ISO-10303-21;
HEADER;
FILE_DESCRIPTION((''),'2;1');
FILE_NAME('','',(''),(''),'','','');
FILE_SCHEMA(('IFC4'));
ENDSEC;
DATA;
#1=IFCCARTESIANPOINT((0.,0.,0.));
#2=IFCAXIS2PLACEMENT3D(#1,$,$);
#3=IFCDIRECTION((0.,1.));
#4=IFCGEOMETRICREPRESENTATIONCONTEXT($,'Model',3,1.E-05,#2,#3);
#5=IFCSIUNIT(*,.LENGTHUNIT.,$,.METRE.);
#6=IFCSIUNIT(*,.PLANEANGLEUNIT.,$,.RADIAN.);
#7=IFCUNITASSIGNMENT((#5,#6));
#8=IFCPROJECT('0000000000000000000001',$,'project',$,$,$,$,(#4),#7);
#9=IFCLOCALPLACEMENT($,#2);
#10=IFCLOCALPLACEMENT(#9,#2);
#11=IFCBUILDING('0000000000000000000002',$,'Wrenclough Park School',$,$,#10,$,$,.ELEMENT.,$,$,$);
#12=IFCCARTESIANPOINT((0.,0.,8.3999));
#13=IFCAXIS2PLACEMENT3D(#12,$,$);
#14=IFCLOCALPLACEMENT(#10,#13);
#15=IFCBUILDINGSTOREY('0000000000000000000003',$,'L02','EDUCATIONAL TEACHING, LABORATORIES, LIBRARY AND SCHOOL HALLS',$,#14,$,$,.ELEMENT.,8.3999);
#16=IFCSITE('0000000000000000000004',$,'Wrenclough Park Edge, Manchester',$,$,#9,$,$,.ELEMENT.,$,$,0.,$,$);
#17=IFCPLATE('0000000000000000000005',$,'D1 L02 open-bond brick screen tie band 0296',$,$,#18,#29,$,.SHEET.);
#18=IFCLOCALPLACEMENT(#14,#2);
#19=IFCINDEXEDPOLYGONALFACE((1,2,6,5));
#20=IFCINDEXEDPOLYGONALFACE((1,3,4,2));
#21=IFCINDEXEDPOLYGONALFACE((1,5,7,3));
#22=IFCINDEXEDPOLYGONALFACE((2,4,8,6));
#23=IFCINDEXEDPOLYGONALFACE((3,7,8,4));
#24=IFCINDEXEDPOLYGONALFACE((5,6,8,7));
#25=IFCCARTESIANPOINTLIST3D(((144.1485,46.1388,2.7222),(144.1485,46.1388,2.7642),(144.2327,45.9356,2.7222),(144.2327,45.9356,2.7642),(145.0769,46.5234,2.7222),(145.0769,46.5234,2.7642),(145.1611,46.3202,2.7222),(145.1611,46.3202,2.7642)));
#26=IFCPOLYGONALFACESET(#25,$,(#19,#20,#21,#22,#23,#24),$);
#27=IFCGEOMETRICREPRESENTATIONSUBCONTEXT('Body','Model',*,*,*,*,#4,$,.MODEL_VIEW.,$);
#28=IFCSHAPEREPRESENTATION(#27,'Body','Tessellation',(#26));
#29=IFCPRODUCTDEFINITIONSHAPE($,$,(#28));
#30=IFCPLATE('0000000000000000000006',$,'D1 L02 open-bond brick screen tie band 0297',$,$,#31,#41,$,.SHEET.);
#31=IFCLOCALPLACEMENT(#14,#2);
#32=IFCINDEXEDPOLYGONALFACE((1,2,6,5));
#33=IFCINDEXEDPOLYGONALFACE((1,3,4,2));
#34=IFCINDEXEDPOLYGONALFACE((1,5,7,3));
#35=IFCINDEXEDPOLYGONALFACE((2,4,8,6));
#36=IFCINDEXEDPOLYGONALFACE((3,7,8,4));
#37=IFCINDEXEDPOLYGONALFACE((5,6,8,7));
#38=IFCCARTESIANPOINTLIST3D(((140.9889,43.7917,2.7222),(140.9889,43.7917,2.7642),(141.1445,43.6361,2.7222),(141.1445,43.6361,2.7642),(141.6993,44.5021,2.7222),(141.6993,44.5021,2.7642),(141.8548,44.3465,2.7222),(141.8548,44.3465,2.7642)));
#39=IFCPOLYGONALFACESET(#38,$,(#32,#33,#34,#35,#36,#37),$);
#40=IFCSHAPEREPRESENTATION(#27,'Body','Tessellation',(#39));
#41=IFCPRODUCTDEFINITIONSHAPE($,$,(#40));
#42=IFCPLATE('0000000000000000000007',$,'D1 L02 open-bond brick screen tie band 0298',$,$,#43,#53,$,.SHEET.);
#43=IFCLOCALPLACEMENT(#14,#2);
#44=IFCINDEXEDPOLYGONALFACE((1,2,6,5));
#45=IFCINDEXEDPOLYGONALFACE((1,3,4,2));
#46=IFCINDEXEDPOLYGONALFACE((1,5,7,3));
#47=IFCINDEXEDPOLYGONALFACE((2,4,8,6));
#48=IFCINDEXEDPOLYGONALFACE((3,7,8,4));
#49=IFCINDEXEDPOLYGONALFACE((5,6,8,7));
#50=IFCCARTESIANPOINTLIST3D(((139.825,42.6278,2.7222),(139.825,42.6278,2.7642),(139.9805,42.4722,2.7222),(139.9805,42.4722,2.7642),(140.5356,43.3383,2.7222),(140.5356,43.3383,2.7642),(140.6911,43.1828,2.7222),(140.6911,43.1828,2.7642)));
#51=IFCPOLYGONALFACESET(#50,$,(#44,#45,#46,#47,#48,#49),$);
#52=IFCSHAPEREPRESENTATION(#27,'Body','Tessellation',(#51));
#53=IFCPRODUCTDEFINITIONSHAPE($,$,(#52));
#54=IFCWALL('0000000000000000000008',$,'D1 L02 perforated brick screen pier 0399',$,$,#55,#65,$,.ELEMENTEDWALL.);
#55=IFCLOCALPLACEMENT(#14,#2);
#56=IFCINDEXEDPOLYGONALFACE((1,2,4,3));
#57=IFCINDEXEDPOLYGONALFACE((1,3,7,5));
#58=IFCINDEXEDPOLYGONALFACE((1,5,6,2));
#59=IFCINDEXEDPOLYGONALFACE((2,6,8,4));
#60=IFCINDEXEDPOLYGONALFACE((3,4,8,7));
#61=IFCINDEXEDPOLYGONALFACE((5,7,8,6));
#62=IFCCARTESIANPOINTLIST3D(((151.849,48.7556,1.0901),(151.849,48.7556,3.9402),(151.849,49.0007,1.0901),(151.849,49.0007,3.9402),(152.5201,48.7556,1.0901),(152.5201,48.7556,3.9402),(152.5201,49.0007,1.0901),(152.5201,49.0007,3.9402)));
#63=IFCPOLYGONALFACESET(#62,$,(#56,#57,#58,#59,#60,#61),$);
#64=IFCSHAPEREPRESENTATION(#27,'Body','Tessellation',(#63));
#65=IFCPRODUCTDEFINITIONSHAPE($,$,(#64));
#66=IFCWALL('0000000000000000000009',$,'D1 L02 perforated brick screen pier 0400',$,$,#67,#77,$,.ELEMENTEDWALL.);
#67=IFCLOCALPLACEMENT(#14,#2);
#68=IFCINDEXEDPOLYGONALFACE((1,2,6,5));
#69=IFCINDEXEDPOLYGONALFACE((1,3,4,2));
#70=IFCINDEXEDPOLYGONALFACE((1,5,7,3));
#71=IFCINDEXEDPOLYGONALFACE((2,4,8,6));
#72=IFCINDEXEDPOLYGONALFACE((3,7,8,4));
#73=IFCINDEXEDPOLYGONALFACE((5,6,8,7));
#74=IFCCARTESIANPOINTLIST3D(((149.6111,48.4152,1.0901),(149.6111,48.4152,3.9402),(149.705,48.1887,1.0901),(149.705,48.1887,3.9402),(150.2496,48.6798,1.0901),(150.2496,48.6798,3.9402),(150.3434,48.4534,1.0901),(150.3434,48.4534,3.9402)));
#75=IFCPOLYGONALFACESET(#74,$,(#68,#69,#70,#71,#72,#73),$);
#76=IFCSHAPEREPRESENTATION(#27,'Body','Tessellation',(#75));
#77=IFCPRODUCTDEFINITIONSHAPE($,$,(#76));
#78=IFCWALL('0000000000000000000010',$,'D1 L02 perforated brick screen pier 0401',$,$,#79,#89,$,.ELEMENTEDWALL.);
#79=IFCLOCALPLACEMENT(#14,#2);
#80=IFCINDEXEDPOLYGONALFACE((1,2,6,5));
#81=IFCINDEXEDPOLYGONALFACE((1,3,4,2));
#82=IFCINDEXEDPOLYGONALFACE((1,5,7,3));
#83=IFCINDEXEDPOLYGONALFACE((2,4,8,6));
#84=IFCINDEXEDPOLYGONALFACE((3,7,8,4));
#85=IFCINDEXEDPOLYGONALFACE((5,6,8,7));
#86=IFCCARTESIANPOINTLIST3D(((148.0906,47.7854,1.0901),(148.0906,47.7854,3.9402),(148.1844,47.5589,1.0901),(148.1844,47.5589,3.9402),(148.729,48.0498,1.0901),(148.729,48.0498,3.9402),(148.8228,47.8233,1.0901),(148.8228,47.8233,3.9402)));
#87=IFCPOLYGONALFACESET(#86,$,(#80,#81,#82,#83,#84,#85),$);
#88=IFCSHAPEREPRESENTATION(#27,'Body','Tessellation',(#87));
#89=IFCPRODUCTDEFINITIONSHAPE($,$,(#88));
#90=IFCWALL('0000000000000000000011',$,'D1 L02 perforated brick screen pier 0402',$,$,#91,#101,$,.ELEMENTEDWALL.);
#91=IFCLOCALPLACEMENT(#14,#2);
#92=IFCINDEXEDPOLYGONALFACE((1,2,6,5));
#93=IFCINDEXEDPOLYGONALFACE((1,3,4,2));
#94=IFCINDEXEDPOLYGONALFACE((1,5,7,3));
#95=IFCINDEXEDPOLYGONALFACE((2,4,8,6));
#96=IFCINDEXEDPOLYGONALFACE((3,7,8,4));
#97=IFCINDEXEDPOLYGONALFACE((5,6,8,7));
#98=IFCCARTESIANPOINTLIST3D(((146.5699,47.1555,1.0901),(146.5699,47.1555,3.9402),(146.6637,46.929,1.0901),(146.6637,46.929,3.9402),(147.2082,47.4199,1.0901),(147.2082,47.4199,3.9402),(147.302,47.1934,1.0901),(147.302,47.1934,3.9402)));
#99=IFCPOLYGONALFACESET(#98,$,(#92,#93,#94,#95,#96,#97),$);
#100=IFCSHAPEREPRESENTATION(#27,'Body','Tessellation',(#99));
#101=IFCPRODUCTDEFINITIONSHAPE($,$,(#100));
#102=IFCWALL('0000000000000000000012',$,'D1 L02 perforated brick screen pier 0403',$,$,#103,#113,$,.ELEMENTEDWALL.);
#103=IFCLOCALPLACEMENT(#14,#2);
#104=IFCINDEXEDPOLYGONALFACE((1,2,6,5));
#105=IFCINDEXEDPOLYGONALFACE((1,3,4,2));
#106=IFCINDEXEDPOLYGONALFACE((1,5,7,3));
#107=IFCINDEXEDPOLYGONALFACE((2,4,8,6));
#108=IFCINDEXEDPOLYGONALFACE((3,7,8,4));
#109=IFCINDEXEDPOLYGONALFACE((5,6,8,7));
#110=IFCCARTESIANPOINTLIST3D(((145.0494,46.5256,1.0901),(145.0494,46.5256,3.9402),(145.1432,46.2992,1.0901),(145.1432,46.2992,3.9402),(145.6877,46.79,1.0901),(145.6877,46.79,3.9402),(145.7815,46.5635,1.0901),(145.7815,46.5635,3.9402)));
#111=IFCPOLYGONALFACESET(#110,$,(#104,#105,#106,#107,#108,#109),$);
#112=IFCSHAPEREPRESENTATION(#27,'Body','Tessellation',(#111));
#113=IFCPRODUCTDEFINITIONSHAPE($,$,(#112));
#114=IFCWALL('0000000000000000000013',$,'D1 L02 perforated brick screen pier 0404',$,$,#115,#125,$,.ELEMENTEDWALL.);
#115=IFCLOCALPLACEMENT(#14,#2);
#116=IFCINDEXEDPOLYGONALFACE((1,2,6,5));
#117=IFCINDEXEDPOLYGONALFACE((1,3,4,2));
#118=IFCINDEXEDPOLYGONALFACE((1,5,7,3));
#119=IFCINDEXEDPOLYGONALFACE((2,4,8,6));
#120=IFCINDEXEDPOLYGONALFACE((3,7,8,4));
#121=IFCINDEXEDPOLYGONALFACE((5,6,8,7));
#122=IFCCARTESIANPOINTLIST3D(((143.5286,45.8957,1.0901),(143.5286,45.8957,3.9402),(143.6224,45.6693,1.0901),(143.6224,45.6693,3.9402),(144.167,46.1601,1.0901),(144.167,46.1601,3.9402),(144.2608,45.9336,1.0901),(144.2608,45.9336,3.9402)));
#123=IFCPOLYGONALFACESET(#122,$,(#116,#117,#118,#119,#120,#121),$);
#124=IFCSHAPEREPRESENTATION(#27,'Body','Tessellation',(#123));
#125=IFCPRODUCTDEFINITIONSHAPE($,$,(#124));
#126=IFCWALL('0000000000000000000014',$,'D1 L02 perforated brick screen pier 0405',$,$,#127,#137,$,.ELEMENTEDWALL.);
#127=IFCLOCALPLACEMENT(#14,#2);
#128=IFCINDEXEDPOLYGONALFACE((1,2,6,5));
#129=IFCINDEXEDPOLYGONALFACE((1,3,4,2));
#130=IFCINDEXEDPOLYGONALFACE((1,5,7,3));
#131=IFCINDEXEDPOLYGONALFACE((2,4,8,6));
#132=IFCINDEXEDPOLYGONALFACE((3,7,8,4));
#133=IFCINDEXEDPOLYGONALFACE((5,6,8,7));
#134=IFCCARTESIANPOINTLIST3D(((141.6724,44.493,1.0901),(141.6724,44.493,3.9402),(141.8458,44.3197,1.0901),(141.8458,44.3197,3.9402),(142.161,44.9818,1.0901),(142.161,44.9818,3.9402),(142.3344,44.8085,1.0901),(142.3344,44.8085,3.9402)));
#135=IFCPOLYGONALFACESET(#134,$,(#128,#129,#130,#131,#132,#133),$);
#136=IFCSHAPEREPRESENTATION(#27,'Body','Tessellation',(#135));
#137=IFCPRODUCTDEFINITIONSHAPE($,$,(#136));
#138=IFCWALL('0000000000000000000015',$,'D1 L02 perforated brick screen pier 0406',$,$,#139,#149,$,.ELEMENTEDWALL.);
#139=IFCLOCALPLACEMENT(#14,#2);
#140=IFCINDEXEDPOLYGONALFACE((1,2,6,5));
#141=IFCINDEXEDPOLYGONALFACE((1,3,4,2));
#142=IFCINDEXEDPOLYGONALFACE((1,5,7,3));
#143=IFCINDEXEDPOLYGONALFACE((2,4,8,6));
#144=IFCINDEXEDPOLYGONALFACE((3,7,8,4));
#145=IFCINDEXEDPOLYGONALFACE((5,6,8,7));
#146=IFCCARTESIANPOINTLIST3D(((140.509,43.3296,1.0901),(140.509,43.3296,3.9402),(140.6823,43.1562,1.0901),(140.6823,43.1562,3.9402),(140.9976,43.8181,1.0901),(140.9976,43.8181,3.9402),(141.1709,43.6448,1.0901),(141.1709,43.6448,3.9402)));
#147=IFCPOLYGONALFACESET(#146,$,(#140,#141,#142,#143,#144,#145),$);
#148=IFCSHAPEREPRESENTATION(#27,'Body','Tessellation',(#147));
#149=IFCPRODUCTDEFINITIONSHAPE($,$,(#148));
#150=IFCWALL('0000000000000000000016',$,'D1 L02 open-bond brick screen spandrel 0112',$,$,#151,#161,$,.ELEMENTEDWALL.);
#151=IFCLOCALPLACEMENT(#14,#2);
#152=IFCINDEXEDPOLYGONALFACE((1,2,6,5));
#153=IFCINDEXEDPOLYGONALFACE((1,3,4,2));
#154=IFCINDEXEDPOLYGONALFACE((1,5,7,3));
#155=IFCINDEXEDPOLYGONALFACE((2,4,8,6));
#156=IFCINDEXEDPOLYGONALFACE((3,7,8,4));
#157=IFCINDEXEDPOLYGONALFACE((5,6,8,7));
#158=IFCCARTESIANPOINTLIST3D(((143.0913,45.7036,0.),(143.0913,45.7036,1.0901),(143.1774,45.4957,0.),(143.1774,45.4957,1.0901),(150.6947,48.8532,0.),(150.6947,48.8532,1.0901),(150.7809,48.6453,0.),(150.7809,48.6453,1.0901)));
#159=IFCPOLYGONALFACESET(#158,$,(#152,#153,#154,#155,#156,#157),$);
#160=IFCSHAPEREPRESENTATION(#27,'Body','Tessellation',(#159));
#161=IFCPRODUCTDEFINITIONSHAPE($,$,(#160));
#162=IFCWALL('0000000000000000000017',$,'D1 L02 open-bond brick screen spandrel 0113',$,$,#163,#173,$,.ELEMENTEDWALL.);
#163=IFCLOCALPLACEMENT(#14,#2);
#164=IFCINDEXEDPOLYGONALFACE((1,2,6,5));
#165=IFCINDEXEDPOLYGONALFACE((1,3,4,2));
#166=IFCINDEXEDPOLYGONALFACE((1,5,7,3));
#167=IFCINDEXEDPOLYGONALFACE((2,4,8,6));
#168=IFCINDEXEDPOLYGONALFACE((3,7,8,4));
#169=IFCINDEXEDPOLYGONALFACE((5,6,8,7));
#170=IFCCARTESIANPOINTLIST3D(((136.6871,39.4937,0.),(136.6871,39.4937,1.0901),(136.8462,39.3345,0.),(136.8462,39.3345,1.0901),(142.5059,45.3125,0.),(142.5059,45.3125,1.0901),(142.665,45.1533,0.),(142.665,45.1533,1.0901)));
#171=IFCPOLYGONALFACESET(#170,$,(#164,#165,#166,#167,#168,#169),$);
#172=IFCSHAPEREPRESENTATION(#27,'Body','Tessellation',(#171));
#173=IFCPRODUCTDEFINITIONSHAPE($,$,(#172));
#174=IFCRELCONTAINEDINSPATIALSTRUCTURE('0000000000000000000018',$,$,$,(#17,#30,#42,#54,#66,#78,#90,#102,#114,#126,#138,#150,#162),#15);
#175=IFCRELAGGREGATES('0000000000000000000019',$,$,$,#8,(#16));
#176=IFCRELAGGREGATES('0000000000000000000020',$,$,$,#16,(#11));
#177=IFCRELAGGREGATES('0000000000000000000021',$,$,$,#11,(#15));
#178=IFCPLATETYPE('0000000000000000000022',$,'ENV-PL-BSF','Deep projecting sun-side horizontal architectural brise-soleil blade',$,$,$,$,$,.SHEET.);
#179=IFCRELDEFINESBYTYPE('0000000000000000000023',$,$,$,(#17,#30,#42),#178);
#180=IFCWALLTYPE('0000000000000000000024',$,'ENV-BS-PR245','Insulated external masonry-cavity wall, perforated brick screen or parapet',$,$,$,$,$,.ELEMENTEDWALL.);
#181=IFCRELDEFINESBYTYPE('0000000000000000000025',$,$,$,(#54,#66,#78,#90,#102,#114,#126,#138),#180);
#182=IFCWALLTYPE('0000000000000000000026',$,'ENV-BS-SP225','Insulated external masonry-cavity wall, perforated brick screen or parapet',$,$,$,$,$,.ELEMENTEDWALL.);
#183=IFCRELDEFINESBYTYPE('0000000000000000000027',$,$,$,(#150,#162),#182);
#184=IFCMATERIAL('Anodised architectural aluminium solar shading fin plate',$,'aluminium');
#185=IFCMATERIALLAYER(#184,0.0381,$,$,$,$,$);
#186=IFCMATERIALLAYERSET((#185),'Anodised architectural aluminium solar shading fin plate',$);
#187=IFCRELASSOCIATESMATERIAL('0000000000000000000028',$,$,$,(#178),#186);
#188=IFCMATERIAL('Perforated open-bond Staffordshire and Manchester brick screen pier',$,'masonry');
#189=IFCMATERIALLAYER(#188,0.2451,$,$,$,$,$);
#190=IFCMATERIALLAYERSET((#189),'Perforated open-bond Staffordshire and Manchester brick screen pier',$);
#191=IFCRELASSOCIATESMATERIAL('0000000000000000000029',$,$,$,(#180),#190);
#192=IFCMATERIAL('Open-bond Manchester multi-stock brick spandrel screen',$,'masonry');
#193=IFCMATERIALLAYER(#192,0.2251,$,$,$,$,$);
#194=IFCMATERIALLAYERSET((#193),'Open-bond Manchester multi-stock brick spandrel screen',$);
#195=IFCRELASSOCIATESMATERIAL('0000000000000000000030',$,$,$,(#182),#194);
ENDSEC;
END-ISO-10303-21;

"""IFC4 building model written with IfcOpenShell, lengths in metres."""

from ifc_helpers import new_model, si_unit, direction, frame, frame_2d, origin, origin_2d, place, context, subcontext, project, spatial, rectangle, extrude, material, layer, layer_set, type_object, element, save


model = new_model("IFC4")

# Units and contexts
model_context = context("Model", 3, precision=1e-05, world=origin(), true_north=direction((0.0, 1.0)))
body_context = subcontext(model_context, "Body", "Model", "MODEL_VIEW")
ifc_project = project(units=[si_unit("LENGTHUNIT", "METRE"), si_unit("PLANEANGLEUNIT", "RADIAN")], contexts=[model_context])

# Site, building, storey
site_placement = place(None, origin())
site = spatial("IfcSite", under=ifc_project, at=site_placement, Name="Wrenclough Park Edge, Manchester", CompositionType="ELEMENT", RefElevation=0.0)
building_placement = place(site_placement, origin())
building = spatial("IfcBuilding", under=site, at=building_placement, Name="Wrenclough Park School", CompositionType="ELEMENT")
storey_placement = place(building_placement, frame((0.0, 0.0, 8.3999)))
storey = spatial("IfcBuildingStorey", under=building, at=storey_placement, Name="L02", Description="EDUCATIONAL TEACHING, LABORATORIES, LIBRARY AND SCHOOL HALLS", CompositionType="ELEMENT", Elevation=8.3999)

# Plates
ifc_material_1 = material(Name="Anodised architectural aluminium solar shading fin plate", Category="aluminium")
ifc_layer_1 = layer(ifc_material_1, 0.0381)
ifc_layer_set_1 = layer_set([ifc_layer_1], Name="Anodised architectural aluminium solar shading fin plate")
plate_type = type_object("IfcPlateType", Name="ENV-PL-BSF", Description="Deep projecting sun-side horizontal architectural brise-soleil blade", PredefinedType="SHEET", material=ifc_layer_set_1)
for number, where, z_axis, x_axis, name in (
    (1, (144.6548, 46.2295, 2.7222), (0.0, 0.0, 1.0), (-0.923876, -0.382692, 0.0), "D1 L02 open-bond brick screen tie band 0296"),
):
    element("IfcPlate", number, at=place(storey_placement, frame(where, z_axis=z_axis, x_axis=x_axis)), inside=storey, type_object=plate_type, Name=name, PredefinedType="SHEET", context=body_context, shape_type="SweptSolid", body=[
        extrude(rectangle(XDim=1.0049, YDim=0.22, at=origin_2d()), origin(), (0.0, 0.0, 1.0), 0.042),
    ])
plate_1_placement = place(storey_placement, frame((141.4219, 44.0691, 2.7222), z_axis=(0.0, 0.0, 1.0), x_axis=(-0.707107, -0.707107, 0.0)))
element("IfcPlate", 2, at=plate_1_placement, inside=storey, type_object=plate_type, Name="D1 L02 open-bond brick screen tie band 0297", PredefinedType="SHEET", context=body_context, shape_type="SweptSolid", body=[
    extrude(rectangle(XDim=1.0046, YDim=0.22, at=origin_2d()), origin(), (0.0, 0.0, 1.0), 0.042),
])
plate_2_placement = place(storey_placement, frame((140.2581, 42.9053, 2.7222), z_axis=(0.0, 0.0, 1.0), x_axis=(-0.707107, -0.707107, 0.0)))
element("IfcPlate", 3, at=plate_2_placement, inside=storey, type_object=plate_type, Name="D1 L02 open-bond brick screen tie band 0298", PredefinedType="SHEET", context=body_context, shape_type="SweptSolid", body=[
    extrude(rectangle(XDim=1.0049, YDim=0.22, at=origin_2d()), origin(), (0.0, 0.0, 1.0), 0.042),
])

# Walls
ifc_material_2 = material(Name="Perforated open-bond Staffordshire and Manchester brick screen pier", Category="masonry")
ifc_layer_2 = layer(ifc_material_2, 0.2451)
ifc_layer_set_2 = layer_set([ifc_layer_2], Name="Perforated open-bond Staffordshire and Manchester brick screen pier")
wall_type_1 = type_object("IfcWallType", Name="ENV-BS-PR245", Description="Insulated external masonry-cavity wall, perforated brick screen or parapet", PredefinedType="ELEMENTEDWALL", material=ifc_layer_set_2)
wall_1_placement = place(storey_placement, frame((152.52, 48.8782, 1.0901), z_axis=(0.0, 0.0, 1.0), x_axis=(-1.0, 0.0, 0.0)))
element("IfcWall", 4, at=wall_1_placement, inside=storey, type_object=wall_type_1, Name="D1 L02 perforated brick screen pier 0399", PredefinedType="ELEMENTEDWALL", context=body_context, shape_type="SweptSolid", body=[
    extrude(rectangle(XDim=0.6711, YDim=0.2451, at=frame_2d((0.3354, 0.0))), origin(), (0.0, 0.0, 1.0), 2.8501),
])
wall_2_placement = place(storey_placement, frame((150.2966, 48.5667, 1.0901), z_axis=(0.0, 0.0, 1.0), x_axis=(-0.923776, -0.382934, 0.0)))
element("IfcWall", 5, at=wall_2_placement, inside=storey, type_object=wall_type_1, Name="D1 L02 perforated brick screen pier 0400", PredefinedType="ELEMENTEDWALL", context=body_context, shape_type="SweptSolid", body=[
    extrude(rectangle(XDim=0.6912, YDim=0.2451, at=frame_2d((0.3457, 0.0))), origin(), (0.0, 0.0, 1.0), 2.8501),
])
for number, where, z_axis, x_axis, name in (
    (6, (148.7759, 47.9365, 1.0901), (0.0, 0.0, 1.0), (-0.923901, -0.382633, 0.0), "D1 L02 perforated brick screen pier 0401"),
    (7, (147.2551, 47.3066, 1.0901), (0.0, 0.0, 1.0), (-0.923901, -0.382633, 0.0), "D1 L02 perforated brick screen pier 0402"),
    (8, (145.7346, 46.6768, 1.0901), (0.0, 0.0, 1.0), (-0.923901, -0.382633, 0.0), "D1 L02 perforated brick screen pier 0403"),
    (9, (144.2139, 46.0469, 1.0901), (0.0, 0.0, 1.0), (-0.923901, -0.382633, 0.0), "D1 L02 perforated brick screen pier 0404"),
):
    element("IfcWall", number, at=place(storey_placement, frame(where, z_axis=z_axis, x_axis=x_axis)), inside=storey, type_object=wall_type_1, Name=name, PredefinedType="ELEMENTEDWALL", context=body_context, shape_type="SweptSolid", body=[
        extrude(rectangle(XDim=0.6909, YDim=0.2451, at=frame_2d((0.3455, 0.0))), origin(), (0.0, 0.0, 1.0), 2.8501),
    ])
wall_3_placement = place(storey_placement, frame((142.2478, 44.8953, 1.0901), z_axis=(0.0, 0.0, 1.0), x_axis=(-0.70693, -0.707283, 0.0)))
element("IfcWall", 10, at=wall_3_placement, inside=storey, type_object=wall_type_1, Name="D1 L02 perforated brick screen pier 0405", PredefinedType="ELEMENTEDWALL", context=body_context, shape_type="SweptSolid", body=[
    extrude(rectangle(XDim=0.6912, YDim=0.2451, at=frame_2d((0.3457, 0.0))), origin(), (0.0, 0.0, 1.0), 2.8501),
])
wall_4_placement = place(storey_placement, frame((141.0842, 43.7314, 1.0901), z_axis=(0.0, 0.0, 1.0), x_axis=(-0.707107, -0.707107, 0.0)))
element("IfcWall", 11, at=wall_4_placement, inside=storey, type_object=wall_type_1, Name="D1 L02 perforated brick screen pier 0406", PredefinedType="ELEMENTEDWALL", context=body_context, shape_type="SweptSolid", body=[
    extrude(rectangle(XDim=0.6909, YDim=0.2451, at=frame_2d((0.3455, 0.0))), origin(), (0.0, 0.0, 1.0), 2.8501),
])
ifc_material_3 = material(Name="Open-bond Manchester multi-stock brick spandrel screen", Category="masonry")
ifc_layer_3 = layer(ifc_material_3, 0.2251)
ifc_layer_set_3 = layer_set([ifc_layer_3], Name="Open-bond Manchester multi-stock brick spandrel screen")
wall_type_2 = type_object("IfcWallType", Name="ENV-BS-SP225", Description="Insulated external masonry-cavity wall, perforated brick screen or parapet", PredefinedType="ELEMENTEDWALL", material=ifc_layer_set_3)
wall_5_placement = place(storey_placement, frame((150.7378, 48.7493, 0.0), z_axis=(0.0, 0.0, 1.0), x_axis=(-0.923872, -0.382702, 0.0)))
element("IfcWall", 12, at=wall_5_placement, inside=storey, type_object=wall_type_2, Name="D1 L02 open-bond brick screen spandrel 0112", PredefinedType="ELEMENTEDWALL", context=body_context, shape_type="SweptSolid", body=[
    extrude(rectangle(XDim=8.23, YDim=0.2251, at=frame_2d((4.115, 0.0))), origin(), (0.0, 0.0, 1.0), 1.0901),
])
wall_6_placement = place(storey_placement, frame((142.5854, 45.2329, 0.0), z_axis=(0.0, 0.0, 1.0), x_axis=(-0.707107, -0.707107, 0.0)))
element("IfcWall", 13, at=wall_6_placement, inside=storey, type_object=wall_type_2, Name="D1 L02 open-bond brick screen spandrel 0113", PredefinedType="ELEMENTEDWALL", context=body_context, shape_type="SweptSolid", body=[
    extrude(rectangle(XDim=8.229, YDim=0.2251, at=frame_2d((4.1145, 0.0))), origin(), (0.0, 0.0, 1.0), 1.0901),
])

save(model, "model.ifc")
